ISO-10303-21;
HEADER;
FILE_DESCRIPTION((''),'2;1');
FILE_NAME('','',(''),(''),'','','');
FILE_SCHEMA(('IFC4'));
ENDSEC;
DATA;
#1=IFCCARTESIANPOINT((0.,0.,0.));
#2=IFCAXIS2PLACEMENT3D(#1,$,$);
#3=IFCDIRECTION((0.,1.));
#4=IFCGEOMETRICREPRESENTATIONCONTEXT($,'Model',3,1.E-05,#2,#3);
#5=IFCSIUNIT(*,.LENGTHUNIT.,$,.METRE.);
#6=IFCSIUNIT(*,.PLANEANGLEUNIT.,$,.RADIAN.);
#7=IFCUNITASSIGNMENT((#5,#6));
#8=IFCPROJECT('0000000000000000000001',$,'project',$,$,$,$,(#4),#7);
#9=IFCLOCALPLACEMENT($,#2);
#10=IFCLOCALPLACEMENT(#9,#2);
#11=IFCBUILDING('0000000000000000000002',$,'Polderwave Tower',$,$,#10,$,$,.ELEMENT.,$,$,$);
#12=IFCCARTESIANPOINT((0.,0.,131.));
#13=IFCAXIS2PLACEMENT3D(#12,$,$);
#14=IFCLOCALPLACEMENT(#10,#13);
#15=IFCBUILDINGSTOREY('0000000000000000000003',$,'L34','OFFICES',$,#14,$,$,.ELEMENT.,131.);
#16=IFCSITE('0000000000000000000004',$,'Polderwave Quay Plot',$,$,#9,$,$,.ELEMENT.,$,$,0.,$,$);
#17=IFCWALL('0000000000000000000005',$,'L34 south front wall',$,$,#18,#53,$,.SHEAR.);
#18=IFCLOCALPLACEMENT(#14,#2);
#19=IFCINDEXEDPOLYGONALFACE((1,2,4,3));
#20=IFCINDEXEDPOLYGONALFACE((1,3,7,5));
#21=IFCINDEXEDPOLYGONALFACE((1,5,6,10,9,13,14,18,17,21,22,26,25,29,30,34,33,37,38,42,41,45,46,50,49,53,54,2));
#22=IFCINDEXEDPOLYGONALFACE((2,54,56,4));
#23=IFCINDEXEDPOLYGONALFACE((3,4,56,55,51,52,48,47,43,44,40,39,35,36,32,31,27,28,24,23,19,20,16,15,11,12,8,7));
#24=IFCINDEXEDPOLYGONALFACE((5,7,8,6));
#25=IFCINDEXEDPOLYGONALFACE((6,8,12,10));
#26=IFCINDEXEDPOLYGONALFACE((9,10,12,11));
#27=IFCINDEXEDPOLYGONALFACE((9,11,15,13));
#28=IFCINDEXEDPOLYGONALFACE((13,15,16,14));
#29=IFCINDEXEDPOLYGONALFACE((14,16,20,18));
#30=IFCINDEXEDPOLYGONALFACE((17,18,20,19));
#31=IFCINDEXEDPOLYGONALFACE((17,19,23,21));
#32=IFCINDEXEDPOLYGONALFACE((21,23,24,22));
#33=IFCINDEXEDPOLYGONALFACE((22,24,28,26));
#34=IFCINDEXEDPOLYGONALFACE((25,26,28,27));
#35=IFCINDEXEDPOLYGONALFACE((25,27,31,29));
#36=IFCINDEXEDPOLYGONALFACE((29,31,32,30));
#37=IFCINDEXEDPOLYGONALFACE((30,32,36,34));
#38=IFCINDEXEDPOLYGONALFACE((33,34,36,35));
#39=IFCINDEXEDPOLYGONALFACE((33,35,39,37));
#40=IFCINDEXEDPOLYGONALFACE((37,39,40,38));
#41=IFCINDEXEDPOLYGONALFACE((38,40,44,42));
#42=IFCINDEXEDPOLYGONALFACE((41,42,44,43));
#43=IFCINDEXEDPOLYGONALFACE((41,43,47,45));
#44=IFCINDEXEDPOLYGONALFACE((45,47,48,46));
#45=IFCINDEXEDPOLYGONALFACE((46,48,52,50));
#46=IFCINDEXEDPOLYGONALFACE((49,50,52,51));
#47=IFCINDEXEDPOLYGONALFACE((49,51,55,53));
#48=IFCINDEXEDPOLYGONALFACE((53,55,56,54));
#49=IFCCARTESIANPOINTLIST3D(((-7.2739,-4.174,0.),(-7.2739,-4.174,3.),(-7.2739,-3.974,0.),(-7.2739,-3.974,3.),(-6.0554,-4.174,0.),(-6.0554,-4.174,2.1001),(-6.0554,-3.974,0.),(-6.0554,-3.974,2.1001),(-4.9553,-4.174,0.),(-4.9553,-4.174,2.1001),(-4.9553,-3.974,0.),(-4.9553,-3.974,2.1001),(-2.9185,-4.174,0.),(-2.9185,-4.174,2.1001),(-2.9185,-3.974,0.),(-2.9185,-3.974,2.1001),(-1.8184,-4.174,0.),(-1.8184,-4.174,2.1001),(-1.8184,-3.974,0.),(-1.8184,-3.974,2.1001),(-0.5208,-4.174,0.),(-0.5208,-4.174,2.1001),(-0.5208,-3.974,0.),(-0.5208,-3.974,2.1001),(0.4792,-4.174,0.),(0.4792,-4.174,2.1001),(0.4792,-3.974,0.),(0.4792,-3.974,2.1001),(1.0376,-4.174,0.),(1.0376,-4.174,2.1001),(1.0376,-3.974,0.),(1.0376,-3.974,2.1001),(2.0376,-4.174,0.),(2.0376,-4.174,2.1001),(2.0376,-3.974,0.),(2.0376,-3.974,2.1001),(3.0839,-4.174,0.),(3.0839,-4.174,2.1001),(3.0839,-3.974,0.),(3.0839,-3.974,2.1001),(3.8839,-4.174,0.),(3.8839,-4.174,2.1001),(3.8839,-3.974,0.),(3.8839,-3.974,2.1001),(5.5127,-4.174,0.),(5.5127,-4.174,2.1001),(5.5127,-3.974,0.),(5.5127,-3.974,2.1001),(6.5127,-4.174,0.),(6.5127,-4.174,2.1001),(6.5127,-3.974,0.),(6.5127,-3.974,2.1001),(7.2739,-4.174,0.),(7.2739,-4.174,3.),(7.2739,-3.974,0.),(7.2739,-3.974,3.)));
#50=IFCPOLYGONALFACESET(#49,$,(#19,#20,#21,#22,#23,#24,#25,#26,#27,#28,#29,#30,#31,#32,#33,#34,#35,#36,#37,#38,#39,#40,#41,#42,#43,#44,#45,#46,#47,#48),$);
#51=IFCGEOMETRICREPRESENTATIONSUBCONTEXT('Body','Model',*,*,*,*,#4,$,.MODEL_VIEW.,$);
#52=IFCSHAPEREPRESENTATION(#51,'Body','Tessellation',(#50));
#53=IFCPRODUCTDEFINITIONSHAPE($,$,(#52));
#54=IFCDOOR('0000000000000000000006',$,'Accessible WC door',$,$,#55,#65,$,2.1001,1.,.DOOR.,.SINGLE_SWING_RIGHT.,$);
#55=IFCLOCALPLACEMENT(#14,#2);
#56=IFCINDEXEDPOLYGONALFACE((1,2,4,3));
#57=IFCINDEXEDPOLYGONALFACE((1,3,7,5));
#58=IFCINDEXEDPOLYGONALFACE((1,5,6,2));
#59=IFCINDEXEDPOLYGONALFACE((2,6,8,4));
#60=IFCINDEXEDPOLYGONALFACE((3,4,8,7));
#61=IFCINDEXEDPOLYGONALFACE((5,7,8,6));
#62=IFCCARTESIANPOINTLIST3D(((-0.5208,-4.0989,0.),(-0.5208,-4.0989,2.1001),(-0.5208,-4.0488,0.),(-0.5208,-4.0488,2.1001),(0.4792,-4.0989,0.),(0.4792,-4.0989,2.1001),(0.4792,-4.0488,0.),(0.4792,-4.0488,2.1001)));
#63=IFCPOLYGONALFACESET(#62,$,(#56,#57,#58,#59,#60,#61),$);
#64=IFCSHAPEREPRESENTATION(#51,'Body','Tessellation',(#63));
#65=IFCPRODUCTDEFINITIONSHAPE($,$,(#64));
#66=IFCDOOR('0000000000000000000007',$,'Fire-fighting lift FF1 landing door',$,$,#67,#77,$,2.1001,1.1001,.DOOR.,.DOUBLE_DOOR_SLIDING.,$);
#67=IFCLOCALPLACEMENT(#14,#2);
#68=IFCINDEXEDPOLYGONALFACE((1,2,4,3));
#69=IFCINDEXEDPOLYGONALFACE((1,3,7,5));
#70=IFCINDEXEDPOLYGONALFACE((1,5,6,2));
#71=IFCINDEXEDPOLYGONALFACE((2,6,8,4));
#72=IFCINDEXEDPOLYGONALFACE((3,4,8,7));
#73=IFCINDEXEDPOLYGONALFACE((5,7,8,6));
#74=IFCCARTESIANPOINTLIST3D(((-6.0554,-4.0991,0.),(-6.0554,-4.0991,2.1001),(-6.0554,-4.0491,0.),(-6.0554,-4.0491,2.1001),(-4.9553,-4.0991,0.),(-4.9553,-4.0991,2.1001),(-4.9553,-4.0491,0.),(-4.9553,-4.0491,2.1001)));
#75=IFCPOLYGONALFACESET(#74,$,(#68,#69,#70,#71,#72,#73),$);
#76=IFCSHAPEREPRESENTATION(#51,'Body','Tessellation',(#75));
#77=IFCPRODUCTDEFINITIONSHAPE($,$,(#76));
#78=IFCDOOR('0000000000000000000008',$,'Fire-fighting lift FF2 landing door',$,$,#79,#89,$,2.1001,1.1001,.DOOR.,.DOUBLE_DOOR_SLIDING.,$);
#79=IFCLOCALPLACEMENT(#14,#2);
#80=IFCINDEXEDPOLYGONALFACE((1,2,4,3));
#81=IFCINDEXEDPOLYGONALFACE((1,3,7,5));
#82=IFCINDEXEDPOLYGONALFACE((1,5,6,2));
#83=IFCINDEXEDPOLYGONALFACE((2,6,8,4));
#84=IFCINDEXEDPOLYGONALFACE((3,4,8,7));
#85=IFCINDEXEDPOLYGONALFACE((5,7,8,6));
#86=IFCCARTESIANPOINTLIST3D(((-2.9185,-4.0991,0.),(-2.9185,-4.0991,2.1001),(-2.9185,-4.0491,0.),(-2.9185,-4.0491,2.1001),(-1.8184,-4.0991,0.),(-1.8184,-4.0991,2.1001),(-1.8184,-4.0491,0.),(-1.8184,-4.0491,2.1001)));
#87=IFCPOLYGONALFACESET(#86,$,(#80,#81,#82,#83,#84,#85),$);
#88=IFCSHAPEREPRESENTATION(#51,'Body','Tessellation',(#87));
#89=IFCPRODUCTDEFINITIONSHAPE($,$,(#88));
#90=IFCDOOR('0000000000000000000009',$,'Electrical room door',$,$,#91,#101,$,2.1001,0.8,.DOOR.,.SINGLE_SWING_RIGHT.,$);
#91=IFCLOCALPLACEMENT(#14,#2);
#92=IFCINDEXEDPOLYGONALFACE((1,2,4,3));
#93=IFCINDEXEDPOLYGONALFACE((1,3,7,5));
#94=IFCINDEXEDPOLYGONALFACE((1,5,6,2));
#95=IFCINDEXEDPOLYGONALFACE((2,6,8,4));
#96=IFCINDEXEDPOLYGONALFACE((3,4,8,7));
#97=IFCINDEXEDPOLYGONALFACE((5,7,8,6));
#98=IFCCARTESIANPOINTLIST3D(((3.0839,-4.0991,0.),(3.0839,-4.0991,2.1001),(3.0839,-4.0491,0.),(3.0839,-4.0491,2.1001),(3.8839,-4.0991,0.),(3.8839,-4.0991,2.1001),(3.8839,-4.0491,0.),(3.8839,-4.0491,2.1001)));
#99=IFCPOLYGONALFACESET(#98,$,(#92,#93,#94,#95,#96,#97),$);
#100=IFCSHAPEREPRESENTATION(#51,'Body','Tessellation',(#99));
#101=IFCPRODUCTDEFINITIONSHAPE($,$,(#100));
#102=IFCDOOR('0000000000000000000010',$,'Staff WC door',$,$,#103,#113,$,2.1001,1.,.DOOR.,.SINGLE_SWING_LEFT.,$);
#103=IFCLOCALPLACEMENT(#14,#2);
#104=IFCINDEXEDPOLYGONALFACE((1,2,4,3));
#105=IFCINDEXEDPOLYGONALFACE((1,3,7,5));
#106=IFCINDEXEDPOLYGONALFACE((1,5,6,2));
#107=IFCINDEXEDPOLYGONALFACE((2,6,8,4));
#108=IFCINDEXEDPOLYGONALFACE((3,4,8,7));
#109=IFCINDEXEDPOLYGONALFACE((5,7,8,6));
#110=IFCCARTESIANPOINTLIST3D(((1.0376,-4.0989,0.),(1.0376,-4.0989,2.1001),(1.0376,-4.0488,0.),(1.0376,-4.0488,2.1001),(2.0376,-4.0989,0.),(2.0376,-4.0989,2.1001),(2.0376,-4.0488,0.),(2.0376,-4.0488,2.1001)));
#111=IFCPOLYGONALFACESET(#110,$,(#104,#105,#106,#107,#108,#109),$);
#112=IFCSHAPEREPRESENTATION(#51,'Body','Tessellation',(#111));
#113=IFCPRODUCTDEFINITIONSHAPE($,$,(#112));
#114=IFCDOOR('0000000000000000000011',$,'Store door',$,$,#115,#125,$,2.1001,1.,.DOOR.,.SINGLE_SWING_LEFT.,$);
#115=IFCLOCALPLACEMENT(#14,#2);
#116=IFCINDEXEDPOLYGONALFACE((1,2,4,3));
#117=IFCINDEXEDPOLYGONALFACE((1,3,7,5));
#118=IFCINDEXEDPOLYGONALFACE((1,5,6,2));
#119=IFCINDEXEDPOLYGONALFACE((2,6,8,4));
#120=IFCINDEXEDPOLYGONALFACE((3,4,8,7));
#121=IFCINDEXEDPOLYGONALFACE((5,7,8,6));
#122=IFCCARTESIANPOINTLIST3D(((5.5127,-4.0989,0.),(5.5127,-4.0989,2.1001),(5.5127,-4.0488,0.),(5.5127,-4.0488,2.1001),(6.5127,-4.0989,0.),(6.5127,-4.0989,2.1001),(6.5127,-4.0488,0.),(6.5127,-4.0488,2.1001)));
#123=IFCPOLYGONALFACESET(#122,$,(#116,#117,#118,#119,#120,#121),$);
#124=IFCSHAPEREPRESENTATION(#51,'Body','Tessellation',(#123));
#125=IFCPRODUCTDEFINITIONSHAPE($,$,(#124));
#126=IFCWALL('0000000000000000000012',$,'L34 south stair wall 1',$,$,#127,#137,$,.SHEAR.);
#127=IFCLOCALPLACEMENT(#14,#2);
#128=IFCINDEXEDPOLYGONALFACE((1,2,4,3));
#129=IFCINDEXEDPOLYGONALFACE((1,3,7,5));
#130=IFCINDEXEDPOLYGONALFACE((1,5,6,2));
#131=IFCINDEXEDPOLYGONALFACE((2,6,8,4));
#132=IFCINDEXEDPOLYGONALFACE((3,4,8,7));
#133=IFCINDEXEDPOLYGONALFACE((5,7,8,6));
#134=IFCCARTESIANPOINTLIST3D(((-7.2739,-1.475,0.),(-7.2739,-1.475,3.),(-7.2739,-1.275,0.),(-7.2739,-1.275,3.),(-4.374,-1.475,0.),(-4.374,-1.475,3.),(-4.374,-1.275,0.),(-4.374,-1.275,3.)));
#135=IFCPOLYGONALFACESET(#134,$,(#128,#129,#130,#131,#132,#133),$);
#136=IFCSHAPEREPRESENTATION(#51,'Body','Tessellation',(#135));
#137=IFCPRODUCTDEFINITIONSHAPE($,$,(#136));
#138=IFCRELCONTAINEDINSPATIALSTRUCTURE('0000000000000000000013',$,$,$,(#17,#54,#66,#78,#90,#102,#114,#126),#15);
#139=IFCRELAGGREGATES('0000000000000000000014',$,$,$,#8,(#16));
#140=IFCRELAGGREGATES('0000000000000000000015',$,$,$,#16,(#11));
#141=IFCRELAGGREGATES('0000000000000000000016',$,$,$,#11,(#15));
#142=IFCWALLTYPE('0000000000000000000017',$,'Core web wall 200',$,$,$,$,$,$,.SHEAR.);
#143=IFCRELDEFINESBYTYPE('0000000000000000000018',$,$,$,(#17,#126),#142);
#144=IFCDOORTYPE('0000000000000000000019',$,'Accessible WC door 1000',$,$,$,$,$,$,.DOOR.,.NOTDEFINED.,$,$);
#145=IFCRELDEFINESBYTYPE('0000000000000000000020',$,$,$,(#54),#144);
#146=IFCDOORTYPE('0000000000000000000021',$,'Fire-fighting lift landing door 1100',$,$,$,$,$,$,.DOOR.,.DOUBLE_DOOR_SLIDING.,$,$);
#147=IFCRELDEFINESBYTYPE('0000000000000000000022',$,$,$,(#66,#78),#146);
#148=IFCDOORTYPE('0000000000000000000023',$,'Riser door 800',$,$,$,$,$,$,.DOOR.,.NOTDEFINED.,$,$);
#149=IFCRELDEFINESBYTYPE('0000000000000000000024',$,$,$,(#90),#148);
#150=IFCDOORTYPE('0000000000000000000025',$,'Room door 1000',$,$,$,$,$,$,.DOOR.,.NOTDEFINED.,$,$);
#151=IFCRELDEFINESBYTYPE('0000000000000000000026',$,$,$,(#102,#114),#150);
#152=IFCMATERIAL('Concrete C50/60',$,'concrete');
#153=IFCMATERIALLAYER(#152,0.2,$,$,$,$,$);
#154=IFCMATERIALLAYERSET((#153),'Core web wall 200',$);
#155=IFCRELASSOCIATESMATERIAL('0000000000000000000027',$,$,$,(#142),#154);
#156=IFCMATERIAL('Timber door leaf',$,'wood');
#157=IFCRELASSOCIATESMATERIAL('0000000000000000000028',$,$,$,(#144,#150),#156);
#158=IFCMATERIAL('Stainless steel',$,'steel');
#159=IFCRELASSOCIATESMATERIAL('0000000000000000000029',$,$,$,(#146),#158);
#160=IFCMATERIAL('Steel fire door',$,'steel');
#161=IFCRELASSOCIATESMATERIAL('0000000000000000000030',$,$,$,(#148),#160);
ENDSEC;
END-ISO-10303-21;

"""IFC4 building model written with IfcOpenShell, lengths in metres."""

from ifc_helpers import new_model, si_unit, direction, frame, frame_2d, origin, place, context, subcontext, project, spatial, rectangle, extrude, material, layer, layer_set, type_object, element, fill, save


model = new_model("IFC4")

# Units and contexts
model_context = context("Model", 3, precision=1e-05, world=origin(), true_north=direction((0.0, 1.0)))
body_context = subcontext(model_context, "Body", "Model", "MODEL_VIEW")
ifc_project = project(units=[si_unit("LENGTHUNIT", "METRE"), si_unit("PLANEANGLEUNIT", "RADIAN")], contexts=[model_context])

# Site, building, storey
site_placement = place(None, origin())
site = spatial("IfcSite", under=ifc_project, at=site_placement, Name="Polderwave Quay Plot", CompositionType="ELEMENT", RefElevation=0.0)
building_placement = place(site_placement, origin())
building = spatial("IfcBuilding", under=site, at=building_placement, Name="Polderwave Tower", CompositionType="ELEMENT")
storey_placement = place(building_placement, frame((0.0, 0.0, 131.0)))
storey = spatial("IfcBuildingStorey", under=building, at=storey_placement, Name="L34", Description="OFFICES", CompositionType="ELEMENT", Elevation=131.0)

# Wall, openings, doors
ifc_material_1 = material(Name="Steel fire door", Category="steel")
ifc_material_2 = material(Name="Concrete C50/60", Category="concrete")
ifc_layer_1 = layer(ifc_material_2, 0.2)
ifc_layer_set_1 = layer_set([ifc_layer_1], Name="Core web wall 200")
wall_type_1 = type_object("IfcWallType", Name="Core web wall 200", PredefinedType="SHEAR", material=ifc_layer_set_1)
wall_1_placement = place(storey_placement, frame((-7.2739, -4.074, 0.0), z_axis=(0.0, 0.0, 1.0), x_axis=(1.0, 0.0, 0.0)))
wall_1 = element("IfcWall", 1, at=wall_1_placement, inside=storey, type_object=wall_type_1, Name="L34 south front wall", PredefinedType="SHEAR", context=body_context, shape_type="SweptSolid", body=[
    extrude(rectangle(XDim=14.5479, YDim=0.2, at=frame_2d((7.2739, 0.0))), origin(), (0.0, 0.0, 1.0), 3.0),
])
opening_1_placement = place(wall_1_placement, frame((1.2185, 0.0, 0.0)))
opening_1 = element("IfcOpeningElement", 2, at=opening_1_placement, cuts=wall_1, PredefinedType="OPENING", context=body_context, shape_type="SweptSolid", body=[
    extrude(rectangle(XDim=1.1001, YDim=2.1001, at=frame_2d((0.55, 1.05))), frame((0.0, 0.1099, 0.0), z_axis=(0.0, -1.0, 0.0), x_axis=(1.0, 0.0, 0.0)), (0.0, 0.0, 1.0), 0.22),
])
opening_2_placement = place(wall_1_placement, frame((4.3555, 0.0, 0.0)))
opening_2 = element("IfcOpeningElement", 3, at=opening_2_placement, cuts=wall_1, PredefinedType="OPENING", context=body_context, shape_type="SweptSolid", body=[
    extrude(rectangle(XDim=1.1001, YDim=2.1001, at=frame_2d((0.55, 1.05))), frame((0.0, 0.1099, 0.0), z_axis=(0.0, -1.0, 0.0), x_axis=(1.0, 0.0, 0.0)), (0.0, 0.0, 1.0), 0.22),
])
opening_3_placement = place(wall_1_placement, frame((6.7532, 0.0, 0.0)))
opening_3 = element("IfcOpeningElement", 4, at=opening_3_placement, cuts=wall_1, PredefinedType="OPENING", context=body_context, shape_type="SweptSolid", body=[
    extrude(rectangle(XDim=1.0, YDim=2.1001, at=frame_2d((0.5, 1.05))), frame((0.0, 0.1099, 0.0), z_axis=(0.0, -1.0, 0.0), x_axis=(1.0, 0.0, 0.0)), (0.0, 0.0, 1.0), 0.22),
])
opening_4_placement = place(wall_1_placement, frame((8.3115, 0.0, 0.0)))
opening_4 = element("IfcOpeningElement", 5, at=opening_4_placement, cuts=wall_1, PredefinedType="OPENING", context=body_context, shape_type="SweptSolid", body=[
    extrude(rectangle(XDim=1.0, YDim=2.1001, at=frame_2d((0.5, 1.05))), frame((0.0, 0.1099, 0.0), z_axis=(0.0, -1.0, 0.0), x_axis=(1.0, 0.0, 0.0)), (0.0, 0.0, 1.0), 0.22),
])
opening_5_placement = place(wall_1_placement, frame((10.3579, 0.0, 0.0)))
opening_5 = element("IfcOpeningElement", 6, at=opening_5_placement, cuts=wall_1, PredefinedType="OPENING", context=body_context, shape_type="SweptSolid", body=[
    extrude(rectangle(XDim=0.8, YDim=2.1001, at=frame_2d((0.3999, 1.05))), frame((0.0, 0.1099, 0.0), z_axis=(0.0, -1.0, 0.0), x_axis=(1.0, 0.0, 0.0)), (0.0, 0.0, 1.0), 0.22),
])
opening_6_placement = place(wall_1_placement, frame((12.7866, 0.0, 0.0)))
opening_6 = element("IfcOpeningElement", 7, at=opening_6_placement, cuts=wall_1, PredefinedType="OPENING", context=body_context, shape_type="SweptSolid", body=[
    extrude(rectangle(XDim=1.0, YDim=2.1001, at=frame_2d((0.5, 1.05))), frame((0.0, 0.1099, 0.0), z_axis=(0.0, -1.0, 0.0), x_axis=(1.0, 0.0, 0.0)), (0.0, 0.0, 1.0), 0.22),
])
ifc_material_3 = material(Name="Timber door leaf", Category="wood")
door_type_1 = type_object("IfcDoorType", Name="Accessible WC door 1000", OperationType="NOTDEFINED", PredefinedType="DOOR", material=ifc_material_3)
door_1_placement = place(opening_3_placement, frame((1.0, 0.0, 0.0), z_axis=(0.0, 0.0, 1.0), x_axis=(-1.0, 0.0, 0.0)))
door_1 = element("IfcDoor", 8, at=door_1_placement, inside=storey, type_object=door_type_1, Name="Accessible WC door", OperationType="SINGLE_SWING_RIGHT", OverallHeight=2.1001, OverallWidth=1.0, PredefinedType="DOOR", context=body_context, shape_type="SweptSolid", body=[
    extrude(rectangle(XDim=1.0, YDim=2.1001, at=frame_2d((0.5, 1.05))), frame((0.0, 0.0249, 0.0), z_axis=(0.0, -1.0, 0.0), x_axis=(1.0, 0.0, 0.0)), (0.0, 0.0, 1.0), 0.05),
])
fill(opening_3, door_1)
ifc_material_4 = material(Name="Stainless steel", Category="steel")
door_type_2 = type_object("IfcDoorType", Name="Fire-fighting lift landing door 1100", OperationType="DOUBLE_DOOR_SLIDING", PredefinedType="DOOR", material=ifc_material_4)
door_2_placement = place(opening_1_placement, origin())
door_2 = element("IfcDoor", 9, at=door_2_placement, inside=storey, type_object=door_type_2, Name="Fire-fighting lift FF1 landing door", OperationType="DOUBLE_DOOR_SLIDING", OverallHeight=2.1001, OverallWidth=1.1001, PredefinedType="DOOR", context=body_context, shape_type="SweptSolid", body=[
    extrude(rectangle(XDim=1.1001, YDim=2.1001, at=frame_2d((0.55, 1.05))), frame((0.0, 0.0249, 0.0), z_axis=(0.0, -1.0, 0.0), x_axis=(1.0, 0.0, 0.0)), (0.0, 0.0, 1.0), 0.05),
])
fill(opening_1, door_2)
door_3_placement = place(opening_2_placement, origin())
door_3 = element("IfcDoor", 10, at=door_3_placement, inside=storey, type_object=door_type_2, Name="Fire-fighting lift FF2 landing door", OperationType="DOUBLE_DOOR_SLIDING", OverallHeight=2.1001, OverallWidth=1.1001, PredefinedType="DOOR", context=body_context, shape_type="SweptSolid", body=[
    extrude(rectangle(XDim=1.1001, YDim=2.1001, at=frame_2d((0.55, 1.05))), frame((0.0, 0.0249, 0.0), z_axis=(0.0, -1.0, 0.0), x_axis=(1.0, 0.0, 0.0)), (0.0, 0.0, 1.0), 0.05),
])
fill(opening_2, door_3)
door_type_3 = type_object("IfcDoorType", Name="Riser door 800", OperationType="NOTDEFINED", PredefinedType="DOOR", material=ifc_material_1)
door_4_placement = place(opening_5_placement, origin())
door_4 = element("IfcDoor", 11, at=door_4_placement, inside=storey, type_object=door_type_3, Name="Electrical room door", OperationType="SINGLE_SWING_RIGHT", OverallHeight=2.1001, OverallWidth=0.8, PredefinedType="DOOR", context=body_context, shape_type="SweptSolid", body=[
    extrude(rectangle(XDim=0.8, YDim=2.1001, at=frame_2d((0.3999, 1.05))), frame((0.0, 0.0249, 0.0), z_axis=(0.0, -1.0, 0.0), x_axis=(1.0, 0.0, 0.0)), (0.0, 0.0, 1.0), 0.05),
])
fill(opening_5, door_4)
door_type_4 = type_object("IfcDoorType", Name="Room door 1000", OperationType="NOTDEFINED", PredefinedType="DOOR", material=ifc_material_3)
door_5_placement = place(opening_4_placement, frame((1.0, 0.0, 0.0), z_axis=(0.0, 0.0, 1.0), x_axis=(-1.0, 0.0, 0.0)))
door_5 = element("IfcDoor", 12, at=door_5_placement, inside=storey, type_object=door_type_4, Name="Staff WC door", OperationType="SINGLE_SWING_LEFT", OverallHeight=2.1001, OverallWidth=1.0, PredefinedType="DOOR", context=body_context, shape_type="SweptSolid", body=[
    extrude(rectangle(XDim=1.0, YDim=2.1001, at=frame_2d((0.5, 1.05))), frame((0.0, 0.0249, 0.0), z_axis=(0.0, -1.0, 0.0), x_axis=(1.0, 0.0, 0.0)), (0.0, 0.0, 1.0), 0.05),
])
fill(opening_4, door_5)
door_6_placement = place(opening_6_placement, frame((1.0, 0.0, 0.0), z_axis=(0.0, 0.0, 1.0), x_axis=(-1.0, 0.0, 0.0)))
door_6 = element("IfcDoor", 13, at=door_6_placement, inside=storey, type_object=door_type_4, Name="Store door", OperationType="SINGLE_SWING_LEFT", OverallHeight=2.1001, OverallWidth=1.0, PredefinedType="DOOR", context=body_context, shape_type="SweptSolid", body=[
    extrude(rectangle(XDim=1.0, YDim=2.1001, at=frame_2d((0.5, 1.05))), frame((0.0, 0.0249, 0.0), z_axis=(0.0, -1.0, 0.0), x_axis=(1.0, 0.0, 0.0)), (0.0, 0.0, 1.0), 0.05),
])
fill(opening_6, door_6)

# Wall
wall_2_placement = place(storey_placement, frame((-7.2739, -1.375, 0.0), z_axis=(0.0, 0.0, 1.0), x_axis=(1.0, 0.0, 0.0)))
element("IfcWall", 14, at=wall_2_placement, inside=storey, type_object=wall_type_1, Name="L34 south stair wall 1", PredefinedType="SHEAR", context=body_context, shape_type="SweptSolid", body=[
    extrude(rectangle(XDim=2.8999, YDim=0.2, at=frame_2d((1.45, 0.0))), origin(), (0.0, 0.0, 1.0), 3.0),
])

save(model, "model.ifc")
